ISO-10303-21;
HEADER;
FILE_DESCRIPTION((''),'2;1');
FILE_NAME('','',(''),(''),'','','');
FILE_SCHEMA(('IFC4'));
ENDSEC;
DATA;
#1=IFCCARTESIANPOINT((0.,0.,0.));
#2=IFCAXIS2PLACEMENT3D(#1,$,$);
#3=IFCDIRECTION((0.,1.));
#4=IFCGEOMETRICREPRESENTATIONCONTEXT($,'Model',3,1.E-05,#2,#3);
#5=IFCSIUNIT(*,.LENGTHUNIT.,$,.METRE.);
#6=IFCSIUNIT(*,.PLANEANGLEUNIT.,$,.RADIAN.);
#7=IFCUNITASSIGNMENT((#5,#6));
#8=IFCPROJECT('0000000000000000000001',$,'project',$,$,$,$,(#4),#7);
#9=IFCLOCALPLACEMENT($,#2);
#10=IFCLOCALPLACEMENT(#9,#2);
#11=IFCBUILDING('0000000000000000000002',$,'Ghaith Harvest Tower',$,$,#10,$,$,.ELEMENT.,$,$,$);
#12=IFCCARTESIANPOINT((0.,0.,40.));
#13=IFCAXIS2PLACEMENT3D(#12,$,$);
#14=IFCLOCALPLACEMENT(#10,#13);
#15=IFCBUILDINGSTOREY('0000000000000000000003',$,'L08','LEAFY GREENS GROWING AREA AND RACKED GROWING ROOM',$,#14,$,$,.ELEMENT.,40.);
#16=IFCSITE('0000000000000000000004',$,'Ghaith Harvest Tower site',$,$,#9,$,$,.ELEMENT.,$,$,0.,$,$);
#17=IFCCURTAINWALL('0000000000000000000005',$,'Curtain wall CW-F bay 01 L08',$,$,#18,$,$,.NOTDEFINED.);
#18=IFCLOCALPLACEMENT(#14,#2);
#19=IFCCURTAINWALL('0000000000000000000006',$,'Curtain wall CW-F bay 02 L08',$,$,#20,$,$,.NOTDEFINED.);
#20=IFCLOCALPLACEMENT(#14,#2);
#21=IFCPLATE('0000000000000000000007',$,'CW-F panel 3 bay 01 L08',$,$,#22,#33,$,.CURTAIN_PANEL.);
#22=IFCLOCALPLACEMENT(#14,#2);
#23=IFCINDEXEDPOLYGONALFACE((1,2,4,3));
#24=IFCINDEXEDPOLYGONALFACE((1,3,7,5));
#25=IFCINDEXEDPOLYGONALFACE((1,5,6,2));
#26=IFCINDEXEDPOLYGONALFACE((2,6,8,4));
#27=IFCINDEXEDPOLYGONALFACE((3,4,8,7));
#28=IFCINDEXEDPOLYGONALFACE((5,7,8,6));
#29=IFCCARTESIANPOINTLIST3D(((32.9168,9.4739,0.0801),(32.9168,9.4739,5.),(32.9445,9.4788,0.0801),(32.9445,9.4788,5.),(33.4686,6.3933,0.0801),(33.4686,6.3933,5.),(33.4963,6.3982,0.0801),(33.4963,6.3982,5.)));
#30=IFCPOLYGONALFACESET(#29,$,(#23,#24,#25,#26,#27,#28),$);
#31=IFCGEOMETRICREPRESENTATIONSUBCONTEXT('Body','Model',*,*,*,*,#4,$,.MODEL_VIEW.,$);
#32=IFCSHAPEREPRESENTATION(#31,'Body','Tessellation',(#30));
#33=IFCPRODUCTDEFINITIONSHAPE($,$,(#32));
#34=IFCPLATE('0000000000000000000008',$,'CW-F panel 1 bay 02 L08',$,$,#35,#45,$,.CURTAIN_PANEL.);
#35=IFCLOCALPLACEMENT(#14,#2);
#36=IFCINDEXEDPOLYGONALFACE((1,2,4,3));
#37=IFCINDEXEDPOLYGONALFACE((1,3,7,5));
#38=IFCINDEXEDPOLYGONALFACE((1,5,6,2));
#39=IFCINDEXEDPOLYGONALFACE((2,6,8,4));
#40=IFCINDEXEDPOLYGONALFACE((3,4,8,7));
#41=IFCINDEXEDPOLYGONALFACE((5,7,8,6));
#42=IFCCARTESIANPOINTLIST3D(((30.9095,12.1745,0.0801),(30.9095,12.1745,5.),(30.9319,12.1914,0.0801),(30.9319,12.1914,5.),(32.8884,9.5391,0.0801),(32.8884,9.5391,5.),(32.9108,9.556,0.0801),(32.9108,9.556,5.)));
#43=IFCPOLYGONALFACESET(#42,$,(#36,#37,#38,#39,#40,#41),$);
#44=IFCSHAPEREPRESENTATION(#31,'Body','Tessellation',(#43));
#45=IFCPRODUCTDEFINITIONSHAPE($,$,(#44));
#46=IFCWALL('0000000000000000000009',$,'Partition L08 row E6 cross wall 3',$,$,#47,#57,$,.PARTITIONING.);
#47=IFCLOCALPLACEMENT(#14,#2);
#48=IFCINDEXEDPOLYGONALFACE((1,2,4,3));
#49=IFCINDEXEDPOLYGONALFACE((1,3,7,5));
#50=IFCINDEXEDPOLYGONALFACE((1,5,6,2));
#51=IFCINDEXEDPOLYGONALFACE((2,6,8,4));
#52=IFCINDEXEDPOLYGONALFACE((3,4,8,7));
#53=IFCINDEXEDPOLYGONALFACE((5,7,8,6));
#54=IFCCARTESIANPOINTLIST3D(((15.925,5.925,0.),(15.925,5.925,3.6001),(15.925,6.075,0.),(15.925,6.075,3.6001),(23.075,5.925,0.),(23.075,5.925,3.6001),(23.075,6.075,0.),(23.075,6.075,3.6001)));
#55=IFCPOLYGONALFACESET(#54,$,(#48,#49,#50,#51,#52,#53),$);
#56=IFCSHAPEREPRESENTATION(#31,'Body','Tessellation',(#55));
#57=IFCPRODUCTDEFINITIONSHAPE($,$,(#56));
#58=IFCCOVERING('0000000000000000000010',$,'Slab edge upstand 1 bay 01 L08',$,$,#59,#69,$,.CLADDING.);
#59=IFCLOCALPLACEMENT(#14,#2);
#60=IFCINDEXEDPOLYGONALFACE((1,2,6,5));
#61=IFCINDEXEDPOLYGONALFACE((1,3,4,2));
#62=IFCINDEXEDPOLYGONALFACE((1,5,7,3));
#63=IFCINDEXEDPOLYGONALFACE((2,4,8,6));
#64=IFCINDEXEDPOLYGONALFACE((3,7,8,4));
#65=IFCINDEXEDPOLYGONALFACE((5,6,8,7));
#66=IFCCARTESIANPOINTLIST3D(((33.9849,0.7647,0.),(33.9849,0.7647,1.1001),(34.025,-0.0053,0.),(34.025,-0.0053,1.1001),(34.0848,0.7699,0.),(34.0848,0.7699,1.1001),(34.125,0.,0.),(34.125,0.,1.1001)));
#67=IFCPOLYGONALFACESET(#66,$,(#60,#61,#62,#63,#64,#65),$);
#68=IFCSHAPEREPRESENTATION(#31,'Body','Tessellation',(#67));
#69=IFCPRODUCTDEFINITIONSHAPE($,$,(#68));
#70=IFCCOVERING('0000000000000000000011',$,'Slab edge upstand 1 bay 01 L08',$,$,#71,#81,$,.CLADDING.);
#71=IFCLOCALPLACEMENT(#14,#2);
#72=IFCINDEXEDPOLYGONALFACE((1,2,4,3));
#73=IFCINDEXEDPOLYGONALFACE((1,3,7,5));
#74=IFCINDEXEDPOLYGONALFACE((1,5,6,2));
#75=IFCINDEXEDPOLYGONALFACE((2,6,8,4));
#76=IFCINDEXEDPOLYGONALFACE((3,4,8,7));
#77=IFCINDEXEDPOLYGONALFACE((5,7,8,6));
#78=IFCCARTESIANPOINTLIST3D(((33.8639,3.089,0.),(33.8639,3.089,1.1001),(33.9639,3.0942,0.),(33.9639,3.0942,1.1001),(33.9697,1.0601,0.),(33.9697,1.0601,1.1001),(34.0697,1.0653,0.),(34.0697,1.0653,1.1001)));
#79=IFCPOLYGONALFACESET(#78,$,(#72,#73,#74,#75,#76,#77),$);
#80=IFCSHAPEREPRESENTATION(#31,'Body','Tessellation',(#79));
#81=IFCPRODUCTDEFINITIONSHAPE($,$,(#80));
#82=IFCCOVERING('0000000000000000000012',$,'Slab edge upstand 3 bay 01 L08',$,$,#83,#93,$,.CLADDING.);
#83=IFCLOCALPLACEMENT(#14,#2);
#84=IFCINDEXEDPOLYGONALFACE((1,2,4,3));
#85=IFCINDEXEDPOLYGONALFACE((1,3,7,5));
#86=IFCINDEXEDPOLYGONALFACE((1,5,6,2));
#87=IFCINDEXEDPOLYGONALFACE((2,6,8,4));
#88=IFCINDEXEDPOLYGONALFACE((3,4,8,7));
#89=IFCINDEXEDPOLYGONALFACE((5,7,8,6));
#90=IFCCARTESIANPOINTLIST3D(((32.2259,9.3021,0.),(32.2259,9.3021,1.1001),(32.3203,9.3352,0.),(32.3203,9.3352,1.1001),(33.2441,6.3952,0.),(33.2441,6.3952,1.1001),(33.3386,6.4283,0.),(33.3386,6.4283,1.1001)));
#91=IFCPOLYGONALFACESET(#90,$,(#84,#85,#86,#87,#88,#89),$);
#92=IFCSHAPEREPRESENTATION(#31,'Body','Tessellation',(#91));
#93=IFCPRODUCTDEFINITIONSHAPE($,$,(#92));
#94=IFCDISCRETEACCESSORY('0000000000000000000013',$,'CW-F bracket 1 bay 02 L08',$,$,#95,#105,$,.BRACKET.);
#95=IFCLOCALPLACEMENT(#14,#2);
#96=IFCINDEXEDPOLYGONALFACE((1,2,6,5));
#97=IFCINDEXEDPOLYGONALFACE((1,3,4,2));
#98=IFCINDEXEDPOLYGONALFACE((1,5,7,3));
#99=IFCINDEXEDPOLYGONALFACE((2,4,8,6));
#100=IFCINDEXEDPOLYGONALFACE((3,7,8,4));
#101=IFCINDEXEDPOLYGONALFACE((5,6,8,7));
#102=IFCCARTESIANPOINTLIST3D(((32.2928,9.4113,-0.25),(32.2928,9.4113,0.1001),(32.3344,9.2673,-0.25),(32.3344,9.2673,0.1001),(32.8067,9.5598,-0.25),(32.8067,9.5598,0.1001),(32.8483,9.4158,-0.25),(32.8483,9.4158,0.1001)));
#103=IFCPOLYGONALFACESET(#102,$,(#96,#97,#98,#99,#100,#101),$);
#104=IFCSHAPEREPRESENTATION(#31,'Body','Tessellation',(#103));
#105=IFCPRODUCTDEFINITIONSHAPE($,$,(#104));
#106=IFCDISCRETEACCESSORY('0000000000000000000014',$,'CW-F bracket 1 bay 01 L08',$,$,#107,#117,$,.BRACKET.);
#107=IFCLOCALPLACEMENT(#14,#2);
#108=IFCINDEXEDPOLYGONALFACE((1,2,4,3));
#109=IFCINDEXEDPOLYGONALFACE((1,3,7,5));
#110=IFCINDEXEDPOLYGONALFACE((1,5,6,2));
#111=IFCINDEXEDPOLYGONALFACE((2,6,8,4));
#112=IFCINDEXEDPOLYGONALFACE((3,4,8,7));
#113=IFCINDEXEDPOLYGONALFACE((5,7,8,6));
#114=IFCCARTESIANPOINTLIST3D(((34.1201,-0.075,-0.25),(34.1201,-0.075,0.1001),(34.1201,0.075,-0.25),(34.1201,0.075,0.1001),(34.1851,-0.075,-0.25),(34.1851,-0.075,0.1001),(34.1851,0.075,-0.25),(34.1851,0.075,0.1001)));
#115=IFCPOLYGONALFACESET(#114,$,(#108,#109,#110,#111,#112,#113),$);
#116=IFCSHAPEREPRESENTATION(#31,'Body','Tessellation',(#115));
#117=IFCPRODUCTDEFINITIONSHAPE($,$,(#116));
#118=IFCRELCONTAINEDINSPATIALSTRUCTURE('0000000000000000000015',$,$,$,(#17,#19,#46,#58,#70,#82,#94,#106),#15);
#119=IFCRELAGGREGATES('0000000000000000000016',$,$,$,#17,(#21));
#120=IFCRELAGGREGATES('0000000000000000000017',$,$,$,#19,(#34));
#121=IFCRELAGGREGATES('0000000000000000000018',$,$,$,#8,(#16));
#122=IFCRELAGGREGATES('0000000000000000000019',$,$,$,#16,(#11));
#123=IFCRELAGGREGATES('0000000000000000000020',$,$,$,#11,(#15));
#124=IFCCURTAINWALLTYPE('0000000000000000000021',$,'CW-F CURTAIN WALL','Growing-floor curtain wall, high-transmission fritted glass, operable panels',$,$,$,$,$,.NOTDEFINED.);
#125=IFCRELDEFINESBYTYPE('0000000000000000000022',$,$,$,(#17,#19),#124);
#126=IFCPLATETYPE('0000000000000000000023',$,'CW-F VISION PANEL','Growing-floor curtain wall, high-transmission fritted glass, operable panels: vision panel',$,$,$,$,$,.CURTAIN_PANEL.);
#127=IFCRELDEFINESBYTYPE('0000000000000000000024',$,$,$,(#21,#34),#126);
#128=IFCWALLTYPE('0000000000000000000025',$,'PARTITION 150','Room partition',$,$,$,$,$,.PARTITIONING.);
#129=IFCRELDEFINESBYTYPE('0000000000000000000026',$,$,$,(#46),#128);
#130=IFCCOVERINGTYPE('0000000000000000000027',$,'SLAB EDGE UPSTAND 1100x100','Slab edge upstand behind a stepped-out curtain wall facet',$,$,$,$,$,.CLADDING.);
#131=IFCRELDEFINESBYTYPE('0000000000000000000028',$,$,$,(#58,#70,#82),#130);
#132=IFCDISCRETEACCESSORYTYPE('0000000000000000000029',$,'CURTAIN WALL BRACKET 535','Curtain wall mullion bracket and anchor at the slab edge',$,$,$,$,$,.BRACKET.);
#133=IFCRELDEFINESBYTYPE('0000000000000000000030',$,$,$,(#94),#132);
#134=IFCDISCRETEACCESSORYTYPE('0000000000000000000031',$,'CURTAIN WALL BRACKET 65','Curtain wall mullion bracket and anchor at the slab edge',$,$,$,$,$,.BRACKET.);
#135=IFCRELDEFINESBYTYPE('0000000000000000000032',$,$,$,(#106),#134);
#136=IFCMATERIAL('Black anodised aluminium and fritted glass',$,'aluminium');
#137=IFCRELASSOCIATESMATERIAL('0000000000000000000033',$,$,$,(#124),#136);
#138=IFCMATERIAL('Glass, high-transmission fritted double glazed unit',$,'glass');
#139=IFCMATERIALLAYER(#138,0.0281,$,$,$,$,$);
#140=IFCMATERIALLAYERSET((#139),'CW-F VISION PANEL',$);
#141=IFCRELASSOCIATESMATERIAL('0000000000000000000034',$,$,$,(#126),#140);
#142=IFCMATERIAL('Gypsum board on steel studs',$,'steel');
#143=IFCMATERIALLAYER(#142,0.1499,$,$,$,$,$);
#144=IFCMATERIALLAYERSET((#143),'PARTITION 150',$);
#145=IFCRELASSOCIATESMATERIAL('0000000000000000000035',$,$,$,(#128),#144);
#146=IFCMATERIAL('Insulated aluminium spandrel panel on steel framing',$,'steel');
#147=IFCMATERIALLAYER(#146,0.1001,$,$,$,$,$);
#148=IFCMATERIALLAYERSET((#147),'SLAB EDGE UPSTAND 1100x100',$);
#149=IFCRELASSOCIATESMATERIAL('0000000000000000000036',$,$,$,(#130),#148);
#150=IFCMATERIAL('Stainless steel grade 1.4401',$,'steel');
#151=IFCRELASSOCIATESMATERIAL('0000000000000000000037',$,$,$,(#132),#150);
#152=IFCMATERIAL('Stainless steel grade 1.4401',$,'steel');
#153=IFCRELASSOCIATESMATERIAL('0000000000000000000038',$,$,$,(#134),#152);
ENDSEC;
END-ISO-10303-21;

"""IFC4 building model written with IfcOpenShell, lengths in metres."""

from ifc_helpers import new_model, si_unit, direction, frame, frame_2d, origin, origin_2d, place, context, subcontext, project, spatial, rectangle, extrude, material, layer, layer_set, type_object, element, aggregate, save


model = new_model("IFC4")

# Units and contexts
model_context = context("Model", 3, precision=1e-05, world=origin(), true_north=direction((0.0, 1.0)))
body_context = subcontext(model_context, "Body", "Model", "MODEL_VIEW")
ifc_project = project(units=[si_unit("LENGTHUNIT", "METRE"), si_unit("PLANEANGLEUNIT", "RADIAN")], contexts=[model_context])

# Site, building, storey
site_placement = place(None, origin())
site = spatial("IfcSite", under=ifc_project, at=site_placement, Name="Ghaith Harvest Tower site", CompositionType="ELEMENT", RefElevation=0.0)
building_placement = place(site_placement, origin())
building = spatial("IfcBuilding", under=site, at=building_placement, Name="Ghaith Harvest Tower", CompositionType="ELEMENT")
storey_placement = place(building_placement, frame((0.0, 0.0, 40.0)))
storey = spatial("IfcBuildingStorey", under=building, at=storey_placement, Name="L08", Description="LEAFY GREENS GROWING AREA AND RACKED GROWING ROOM", CompositionType="ELEMENT", Elevation=40.0)

# Curtain wall
ifc_material_1 = material(Name="Black anodised aluminium and fritted glass", Category="aluminium")
curtain_wall_type = type_object("IfcCurtainWallType", Name="CW-F CURTAIN WALL", Description="Growing-floor curtain wall, high-transmission fritted glass, operable panels", PredefinedType="NOTDEFINED", material=ifc_material_1)
curtain_wall_1_placement = place(storey_placement, origin())
curtain_wall_1 = element("IfcCurtainWall", 1, at=curtain_wall_1_placement, inside=storey, type_object=curtain_wall_type, Name="Curtain wall CW-F bay 01 L08", PredefinedType="NOTDEFINED")

# Curtain wall
curtain_wall_2_placement = place(storey_placement, origin())
curtain_wall_2 = element("IfcCurtainWall", 2, at=curtain_wall_2_placement, inside=storey, type_object=curtain_wall_type, Name="Curtain wall CW-F bay 02 L08", PredefinedType="NOTDEFINED")

# Plates
ifc_material_2 = material(Name="Glass, high-transmission fritted double glazed unit", Category="glass")
ifc_layer_1 = layer(ifc_material_2, 0.0281)
ifc_layer_set_1 = layer_set([ifc_layer_1], Name="CW-F VISION PANEL")
plate_type = type_object("IfcPlateType", Name="CW-F VISION PANEL", Description="Growing-floor curtain wall, high-transmission fritted glass, operable panels: vision panel", PredefinedType="CURTAIN_PANEL", material=ifc_layer_set_1)
plate_1_placement = place(storey_placement, frame((33.2065, 7.936, 0.0801), z_axis=(0.0, 0.0, 1.0), x_axis=(-0.17632, 0.984333, 0.0)))
plate_1 = element("IfcPlate", 3, at=plate_1_placement, type_object=plate_type, Name="CW-F panel 3 bay 01 L08", PredefinedType="CURTAIN_PANEL", context=body_context, shape_type="SweptSolid", body=[
    extrude(rectangle(XDim=3.1296, YDim=0.0281, at=origin_2d()), origin(), (0.0, 0.0, 1.0), 4.9199),
])
aggregate(curtain_wall_1, [plate_1])
plate_2_placement = place(storey_placement, frame((31.9102, 10.8652, 0.0801), z_axis=(0.0, 0.0, 1.0), x_axis=(-0.600454, 0.799659, 0.0)))
plate_2 = element("IfcPlate", 4, at=plate_2_placement, type_object=plate_type, Name="CW-F panel 1 bay 02 L08", PredefinedType="CURTAIN_PANEL", context=body_context, shape_type="SweptSolid", body=[
    extrude(rectangle(XDim=3.2957, YDim=0.0281, at=origin_2d()), origin(), (0.0, 0.0, 1.0), 4.9199),
])
aggregate(curtain_wall_2, [plate_2])

# Wall
ifc_material_3 = material(Name="Gypsum board on steel studs", Category="steel")
ifc_layer_2 = layer(ifc_material_3, 0.1499)
ifc_layer_set_2 = layer_set([ifc_layer_2], Name="PARTITION 150")
wall_type_1 = type_object("IfcWallType", Name="PARTITION 150", Description="Room partition", PredefinedType="PARTITIONING", material=ifc_layer_set_2)
wall_1_placement = place(storey_placement, frame((15.925, 6.0, 0.0), z_axis=(0.0, 0.0, 1.0), x_axis=(1.0, 0.0, 0.0)))
element("IfcWall", 5, at=wall_1_placement, inside=storey, type_object=wall_type_1, Name="Partition L08 row E6 cross wall 3", PredefinedType="PARTITIONING", context=body_context, shape_type="SweptSolid", body=[
    extrude(rectangle(XDim=7.1499, YDim=0.1499, at=frame_2d((3.575, 0.0))), origin(), (0.0, 0.0, 1.0), 3.6001),
])

# Coverings
ifc_material_4 = material(Name="Insulated aluminium spandrel panel on steel framing", Category="steel")
ifc_layer_3 = layer(ifc_material_4, 0.1001)
ifc_layer_set_3 = layer_set([ifc_layer_3], Name="SLAB EDGE UPSTAND 1100x100")
covering_type = type_object("IfcCoveringType", Name="SLAB EDGE UPSTAND 1100x100", Description="Slab edge upstand behind a stepped-out curtain wall facet", PredefinedType="CLADDING", material=ifc_layer_set_3)
covering_1_placement = place(storey_placement, frame((34.0549, 0.3823, 0.0), z_axis=(0.0, 0.0, 1.0), x_axis=(-0.052049, 0.998645, 0.0)))
element("IfcCovering", 6, at=covering_1_placement, inside=storey, type_object=covering_type, Name="Slab edge upstand 1 bay 01 L08", PredefinedType="CLADDING", context=body_context, shape_type="SweptSolid", body=[
    extrude(rectangle(XDim=0.771, YDim=0.1001, at=origin_2d()), origin(), (0.0, 0.0, 1.0), 1.1001),
])
covering_2_placement = place(storey_placement, frame((33.9668, 2.0771, 0.0), z_axis=(0.0, 0.0, 1.0), x_axis=(-0.052049, 0.998645, 0.0)))
element("IfcCovering", 7, at=covering_2_placement, inside=storey, type_object=covering_type, Name="Slab edge upstand 1 bay 01 L08", PredefinedType="CLADDING", context=body_context, shape_type="SweptSolid", body=[
    extrude(rectangle(XDim=2.0317, YDim=0.1001, at=origin_2d()), origin(), (0.0, 0.0, 1.0), 1.1001),
])
covering_3_placement = place(storey_placement, frame((32.7822, 7.8652, 0.0), z_axis=(0.0, 0.0, 1.0), x_axis=(-0.330598, 0.943772, 0.0)))
element("IfcCovering", 8, at=covering_3_placement, inside=storey, type_object=covering_type, Name="Slab edge upstand 3 bay 01 L08", PredefinedType="CLADDING", context=body_context, shape_type="SweptSolid", body=[
    extrude(rectangle(XDim=3.0801, YDim=0.1001, at=origin_2d()), origin(), (0.0, 0.0, 1.0), 1.1001),
])

# Discrete accessories
ifc_material_5 = material(Name="Stainless steel grade 1.4401", Category="steel")
discrete_accessory_type_1 = type_object("IfcDiscreteAccessoryType", Name="CURTAIN WALL BRACKET 535", Description="Curtain wall mullion bracket and anchor at the slab edge", PredefinedType="BRACKET", material=ifc_material_5)
discrete_accessory_1_placement = place(storey_placement, frame((32.5706, 9.4136, -0.25), z_axis=(0.0, 0.0, 1.0), x_axis=(0.96068, 0.277657, 0.0)))
element("IfcDiscreteAccessory", 9, at=discrete_accessory_1_placement, inside=storey, type_object=discrete_accessory_type_1, Name="CW-F bracket 1 bay 02 L08", PredefinedType="BRACKET", context=body_context, shape_type="SweptSolid", body=[
    extrude(rectangle(XDim=0.5349, YDim=0.1499, at=origin_2d()), origin(), (0.0, 0.0, 1.0), 0.3501),
])
ifc_material_6 = material(Name="Stainless steel grade 1.4401", Category="steel")
discrete_accessory_type_2 = type_object("IfcDiscreteAccessoryType", Name="CURTAIN WALL BRACKET 65", Description="Curtain wall mullion bracket and anchor at the slab edge", PredefinedType="BRACKET", material=ifc_material_6)
discrete_accessory_2_placement = place(storey_placement, frame((34.1526, 0.0, -0.25), z_axis=(0.0, 0.0, 1.0), x_axis=(1.0, 0.0, 0.0)))
element("IfcDiscreteAccessory", 10, at=discrete_accessory_2_placement, inside=storey, type_object=discrete_accessory_type_2, Name="CW-F bracket 1 bay 01 L08", PredefinedType="BRACKET", context=body_context, shape_type="SweptSolid", body=[
    extrude(rectangle(XDim=0.0649, YDim=0.1499, at=origin_2d()), origin(), (0.0, 0.0, 1.0), 0.3501),
])

save(model, "model.ifc")
